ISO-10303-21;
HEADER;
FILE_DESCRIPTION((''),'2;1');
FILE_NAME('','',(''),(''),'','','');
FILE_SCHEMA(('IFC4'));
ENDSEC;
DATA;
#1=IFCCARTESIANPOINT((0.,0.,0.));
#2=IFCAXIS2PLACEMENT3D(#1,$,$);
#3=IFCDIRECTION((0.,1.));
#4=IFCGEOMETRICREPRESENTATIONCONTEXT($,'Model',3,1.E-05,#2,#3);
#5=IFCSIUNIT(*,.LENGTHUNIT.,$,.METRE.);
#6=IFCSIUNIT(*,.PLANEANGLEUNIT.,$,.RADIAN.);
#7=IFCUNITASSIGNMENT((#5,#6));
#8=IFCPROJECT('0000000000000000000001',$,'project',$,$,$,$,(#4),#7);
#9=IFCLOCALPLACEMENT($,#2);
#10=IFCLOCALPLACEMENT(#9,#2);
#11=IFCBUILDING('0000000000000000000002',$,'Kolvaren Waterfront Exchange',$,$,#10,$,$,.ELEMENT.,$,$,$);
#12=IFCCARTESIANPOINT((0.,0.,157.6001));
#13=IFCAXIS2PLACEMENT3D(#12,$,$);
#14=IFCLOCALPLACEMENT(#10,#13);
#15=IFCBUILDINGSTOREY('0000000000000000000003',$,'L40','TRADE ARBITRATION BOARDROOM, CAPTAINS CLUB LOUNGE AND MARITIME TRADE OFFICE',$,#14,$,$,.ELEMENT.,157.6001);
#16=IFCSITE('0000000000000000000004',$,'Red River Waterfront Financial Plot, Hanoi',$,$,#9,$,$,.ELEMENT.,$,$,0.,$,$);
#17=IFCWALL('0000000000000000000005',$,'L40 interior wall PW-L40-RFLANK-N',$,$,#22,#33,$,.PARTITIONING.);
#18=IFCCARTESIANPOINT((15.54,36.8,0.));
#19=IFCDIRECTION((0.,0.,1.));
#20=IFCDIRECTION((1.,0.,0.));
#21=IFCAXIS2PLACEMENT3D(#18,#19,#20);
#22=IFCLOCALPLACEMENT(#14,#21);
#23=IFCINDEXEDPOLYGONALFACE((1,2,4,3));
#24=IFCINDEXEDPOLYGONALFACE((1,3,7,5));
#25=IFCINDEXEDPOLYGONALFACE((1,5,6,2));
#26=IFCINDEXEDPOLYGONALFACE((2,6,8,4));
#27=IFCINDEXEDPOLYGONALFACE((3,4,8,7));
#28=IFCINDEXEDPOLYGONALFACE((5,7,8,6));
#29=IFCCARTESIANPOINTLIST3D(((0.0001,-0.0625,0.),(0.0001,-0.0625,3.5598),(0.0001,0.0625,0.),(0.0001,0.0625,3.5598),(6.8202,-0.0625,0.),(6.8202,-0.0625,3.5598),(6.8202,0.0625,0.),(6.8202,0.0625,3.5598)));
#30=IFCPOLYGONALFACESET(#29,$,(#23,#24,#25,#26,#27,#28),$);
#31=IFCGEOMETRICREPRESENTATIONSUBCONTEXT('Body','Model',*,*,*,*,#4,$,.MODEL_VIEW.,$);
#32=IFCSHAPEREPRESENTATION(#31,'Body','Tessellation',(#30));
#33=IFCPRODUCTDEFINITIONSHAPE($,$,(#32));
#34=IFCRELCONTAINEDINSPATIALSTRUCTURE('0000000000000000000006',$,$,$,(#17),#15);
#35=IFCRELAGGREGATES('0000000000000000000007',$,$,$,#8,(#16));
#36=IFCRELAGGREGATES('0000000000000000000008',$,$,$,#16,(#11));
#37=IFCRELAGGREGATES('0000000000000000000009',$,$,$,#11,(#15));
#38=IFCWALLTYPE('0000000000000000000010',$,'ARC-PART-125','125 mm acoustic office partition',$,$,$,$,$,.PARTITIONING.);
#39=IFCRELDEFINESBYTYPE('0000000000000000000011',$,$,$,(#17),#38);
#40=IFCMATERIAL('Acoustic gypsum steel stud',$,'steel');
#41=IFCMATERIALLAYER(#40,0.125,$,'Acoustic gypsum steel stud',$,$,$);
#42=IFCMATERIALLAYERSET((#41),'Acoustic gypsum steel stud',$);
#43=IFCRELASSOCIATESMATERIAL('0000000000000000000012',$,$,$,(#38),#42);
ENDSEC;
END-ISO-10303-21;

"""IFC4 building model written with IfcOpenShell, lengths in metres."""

from ifc_helpers import new_model, si_unit, direction, frame, frame_2d, origin, place, context, subcontext, project, spatial, rectangle, extrude, material, layer, layer_set, type_object, element, save


model = new_model("IFC4")

# Units and contexts
model_context = context("Model", 3, precision=1e-05, world=origin(), true_north=direction((0.0, 1.0)))
body_context = subcontext(model_context, "Body", "Model", "MODEL_VIEW")
ifc_project = project(units=[si_unit("LENGTHUNIT", "METRE"), si_unit("PLANEANGLEUNIT", "RADIAN")], contexts=[model_context])

# Site, building, storey
site_placement = place(None, origin())
site = spatial("IfcSite", under=ifc_project, at=site_placement, Name="Red River Waterfront Financial Plot, Hanoi", CompositionType="ELEMENT", RefElevation=0.0)
building_placement = place(site_placement, origin())
building = spatial("IfcBuilding", under=site, at=building_placement, Name="Kolvaren Waterfront Exchange", CompositionType="ELEMENT")
storey_placement = place(building_placement, frame((0.0, 0.0, 157.6001)))
storey = spatial("IfcBuildingStorey", under=building, at=storey_placement, Name="L40", Description="TRADE ARBITRATION BOARDROOM, CAPTAINS CLUB LOUNGE AND MARITIME TRADE OFFICE", CompositionType="ELEMENT", Elevation=157.6001)

# Wall
ifc_material_1 = material(Name="Acoustic gypsum steel stud", Category="steel")
ifc_layer_1 = layer(ifc_material_1, 0.125, Name="Acoustic gypsum steel stud")
ifc_layer_set_1 = layer_set([ifc_layer_1], Name="Acoustic gypsum steel stud")
wall_type_1 = type_object("IfcWallType", Name="ARC-PART-125", Description="125 mm acoustic office partition", PredefinedType="PARTITIONING", material=ifc_layer_set_1)
wall_1_placement = place(storey_placement, frame((15.54, 36.8, 0.0), z_axis=(0.0, 0.0, 1.0), x_axis=(1.0, 0.0, 0.0)))
element("IfcWall", 1, at=wall_1_placement, inside=storey, type_object=wall_type_1, Name="L40 interior wall PW-L40-RFLANK-N", PredefinedType="PARTITIONING", context=body_context, shape_type="SweptSolid", body=[
    extrude(rectangle(XDim=6.8201, YDim=0.125, at=frame_2d((3.4102, 0.0))), origin(), (0.0, 0.0, 1.0), 3.5598),
])

save(model, "model.ifc")
